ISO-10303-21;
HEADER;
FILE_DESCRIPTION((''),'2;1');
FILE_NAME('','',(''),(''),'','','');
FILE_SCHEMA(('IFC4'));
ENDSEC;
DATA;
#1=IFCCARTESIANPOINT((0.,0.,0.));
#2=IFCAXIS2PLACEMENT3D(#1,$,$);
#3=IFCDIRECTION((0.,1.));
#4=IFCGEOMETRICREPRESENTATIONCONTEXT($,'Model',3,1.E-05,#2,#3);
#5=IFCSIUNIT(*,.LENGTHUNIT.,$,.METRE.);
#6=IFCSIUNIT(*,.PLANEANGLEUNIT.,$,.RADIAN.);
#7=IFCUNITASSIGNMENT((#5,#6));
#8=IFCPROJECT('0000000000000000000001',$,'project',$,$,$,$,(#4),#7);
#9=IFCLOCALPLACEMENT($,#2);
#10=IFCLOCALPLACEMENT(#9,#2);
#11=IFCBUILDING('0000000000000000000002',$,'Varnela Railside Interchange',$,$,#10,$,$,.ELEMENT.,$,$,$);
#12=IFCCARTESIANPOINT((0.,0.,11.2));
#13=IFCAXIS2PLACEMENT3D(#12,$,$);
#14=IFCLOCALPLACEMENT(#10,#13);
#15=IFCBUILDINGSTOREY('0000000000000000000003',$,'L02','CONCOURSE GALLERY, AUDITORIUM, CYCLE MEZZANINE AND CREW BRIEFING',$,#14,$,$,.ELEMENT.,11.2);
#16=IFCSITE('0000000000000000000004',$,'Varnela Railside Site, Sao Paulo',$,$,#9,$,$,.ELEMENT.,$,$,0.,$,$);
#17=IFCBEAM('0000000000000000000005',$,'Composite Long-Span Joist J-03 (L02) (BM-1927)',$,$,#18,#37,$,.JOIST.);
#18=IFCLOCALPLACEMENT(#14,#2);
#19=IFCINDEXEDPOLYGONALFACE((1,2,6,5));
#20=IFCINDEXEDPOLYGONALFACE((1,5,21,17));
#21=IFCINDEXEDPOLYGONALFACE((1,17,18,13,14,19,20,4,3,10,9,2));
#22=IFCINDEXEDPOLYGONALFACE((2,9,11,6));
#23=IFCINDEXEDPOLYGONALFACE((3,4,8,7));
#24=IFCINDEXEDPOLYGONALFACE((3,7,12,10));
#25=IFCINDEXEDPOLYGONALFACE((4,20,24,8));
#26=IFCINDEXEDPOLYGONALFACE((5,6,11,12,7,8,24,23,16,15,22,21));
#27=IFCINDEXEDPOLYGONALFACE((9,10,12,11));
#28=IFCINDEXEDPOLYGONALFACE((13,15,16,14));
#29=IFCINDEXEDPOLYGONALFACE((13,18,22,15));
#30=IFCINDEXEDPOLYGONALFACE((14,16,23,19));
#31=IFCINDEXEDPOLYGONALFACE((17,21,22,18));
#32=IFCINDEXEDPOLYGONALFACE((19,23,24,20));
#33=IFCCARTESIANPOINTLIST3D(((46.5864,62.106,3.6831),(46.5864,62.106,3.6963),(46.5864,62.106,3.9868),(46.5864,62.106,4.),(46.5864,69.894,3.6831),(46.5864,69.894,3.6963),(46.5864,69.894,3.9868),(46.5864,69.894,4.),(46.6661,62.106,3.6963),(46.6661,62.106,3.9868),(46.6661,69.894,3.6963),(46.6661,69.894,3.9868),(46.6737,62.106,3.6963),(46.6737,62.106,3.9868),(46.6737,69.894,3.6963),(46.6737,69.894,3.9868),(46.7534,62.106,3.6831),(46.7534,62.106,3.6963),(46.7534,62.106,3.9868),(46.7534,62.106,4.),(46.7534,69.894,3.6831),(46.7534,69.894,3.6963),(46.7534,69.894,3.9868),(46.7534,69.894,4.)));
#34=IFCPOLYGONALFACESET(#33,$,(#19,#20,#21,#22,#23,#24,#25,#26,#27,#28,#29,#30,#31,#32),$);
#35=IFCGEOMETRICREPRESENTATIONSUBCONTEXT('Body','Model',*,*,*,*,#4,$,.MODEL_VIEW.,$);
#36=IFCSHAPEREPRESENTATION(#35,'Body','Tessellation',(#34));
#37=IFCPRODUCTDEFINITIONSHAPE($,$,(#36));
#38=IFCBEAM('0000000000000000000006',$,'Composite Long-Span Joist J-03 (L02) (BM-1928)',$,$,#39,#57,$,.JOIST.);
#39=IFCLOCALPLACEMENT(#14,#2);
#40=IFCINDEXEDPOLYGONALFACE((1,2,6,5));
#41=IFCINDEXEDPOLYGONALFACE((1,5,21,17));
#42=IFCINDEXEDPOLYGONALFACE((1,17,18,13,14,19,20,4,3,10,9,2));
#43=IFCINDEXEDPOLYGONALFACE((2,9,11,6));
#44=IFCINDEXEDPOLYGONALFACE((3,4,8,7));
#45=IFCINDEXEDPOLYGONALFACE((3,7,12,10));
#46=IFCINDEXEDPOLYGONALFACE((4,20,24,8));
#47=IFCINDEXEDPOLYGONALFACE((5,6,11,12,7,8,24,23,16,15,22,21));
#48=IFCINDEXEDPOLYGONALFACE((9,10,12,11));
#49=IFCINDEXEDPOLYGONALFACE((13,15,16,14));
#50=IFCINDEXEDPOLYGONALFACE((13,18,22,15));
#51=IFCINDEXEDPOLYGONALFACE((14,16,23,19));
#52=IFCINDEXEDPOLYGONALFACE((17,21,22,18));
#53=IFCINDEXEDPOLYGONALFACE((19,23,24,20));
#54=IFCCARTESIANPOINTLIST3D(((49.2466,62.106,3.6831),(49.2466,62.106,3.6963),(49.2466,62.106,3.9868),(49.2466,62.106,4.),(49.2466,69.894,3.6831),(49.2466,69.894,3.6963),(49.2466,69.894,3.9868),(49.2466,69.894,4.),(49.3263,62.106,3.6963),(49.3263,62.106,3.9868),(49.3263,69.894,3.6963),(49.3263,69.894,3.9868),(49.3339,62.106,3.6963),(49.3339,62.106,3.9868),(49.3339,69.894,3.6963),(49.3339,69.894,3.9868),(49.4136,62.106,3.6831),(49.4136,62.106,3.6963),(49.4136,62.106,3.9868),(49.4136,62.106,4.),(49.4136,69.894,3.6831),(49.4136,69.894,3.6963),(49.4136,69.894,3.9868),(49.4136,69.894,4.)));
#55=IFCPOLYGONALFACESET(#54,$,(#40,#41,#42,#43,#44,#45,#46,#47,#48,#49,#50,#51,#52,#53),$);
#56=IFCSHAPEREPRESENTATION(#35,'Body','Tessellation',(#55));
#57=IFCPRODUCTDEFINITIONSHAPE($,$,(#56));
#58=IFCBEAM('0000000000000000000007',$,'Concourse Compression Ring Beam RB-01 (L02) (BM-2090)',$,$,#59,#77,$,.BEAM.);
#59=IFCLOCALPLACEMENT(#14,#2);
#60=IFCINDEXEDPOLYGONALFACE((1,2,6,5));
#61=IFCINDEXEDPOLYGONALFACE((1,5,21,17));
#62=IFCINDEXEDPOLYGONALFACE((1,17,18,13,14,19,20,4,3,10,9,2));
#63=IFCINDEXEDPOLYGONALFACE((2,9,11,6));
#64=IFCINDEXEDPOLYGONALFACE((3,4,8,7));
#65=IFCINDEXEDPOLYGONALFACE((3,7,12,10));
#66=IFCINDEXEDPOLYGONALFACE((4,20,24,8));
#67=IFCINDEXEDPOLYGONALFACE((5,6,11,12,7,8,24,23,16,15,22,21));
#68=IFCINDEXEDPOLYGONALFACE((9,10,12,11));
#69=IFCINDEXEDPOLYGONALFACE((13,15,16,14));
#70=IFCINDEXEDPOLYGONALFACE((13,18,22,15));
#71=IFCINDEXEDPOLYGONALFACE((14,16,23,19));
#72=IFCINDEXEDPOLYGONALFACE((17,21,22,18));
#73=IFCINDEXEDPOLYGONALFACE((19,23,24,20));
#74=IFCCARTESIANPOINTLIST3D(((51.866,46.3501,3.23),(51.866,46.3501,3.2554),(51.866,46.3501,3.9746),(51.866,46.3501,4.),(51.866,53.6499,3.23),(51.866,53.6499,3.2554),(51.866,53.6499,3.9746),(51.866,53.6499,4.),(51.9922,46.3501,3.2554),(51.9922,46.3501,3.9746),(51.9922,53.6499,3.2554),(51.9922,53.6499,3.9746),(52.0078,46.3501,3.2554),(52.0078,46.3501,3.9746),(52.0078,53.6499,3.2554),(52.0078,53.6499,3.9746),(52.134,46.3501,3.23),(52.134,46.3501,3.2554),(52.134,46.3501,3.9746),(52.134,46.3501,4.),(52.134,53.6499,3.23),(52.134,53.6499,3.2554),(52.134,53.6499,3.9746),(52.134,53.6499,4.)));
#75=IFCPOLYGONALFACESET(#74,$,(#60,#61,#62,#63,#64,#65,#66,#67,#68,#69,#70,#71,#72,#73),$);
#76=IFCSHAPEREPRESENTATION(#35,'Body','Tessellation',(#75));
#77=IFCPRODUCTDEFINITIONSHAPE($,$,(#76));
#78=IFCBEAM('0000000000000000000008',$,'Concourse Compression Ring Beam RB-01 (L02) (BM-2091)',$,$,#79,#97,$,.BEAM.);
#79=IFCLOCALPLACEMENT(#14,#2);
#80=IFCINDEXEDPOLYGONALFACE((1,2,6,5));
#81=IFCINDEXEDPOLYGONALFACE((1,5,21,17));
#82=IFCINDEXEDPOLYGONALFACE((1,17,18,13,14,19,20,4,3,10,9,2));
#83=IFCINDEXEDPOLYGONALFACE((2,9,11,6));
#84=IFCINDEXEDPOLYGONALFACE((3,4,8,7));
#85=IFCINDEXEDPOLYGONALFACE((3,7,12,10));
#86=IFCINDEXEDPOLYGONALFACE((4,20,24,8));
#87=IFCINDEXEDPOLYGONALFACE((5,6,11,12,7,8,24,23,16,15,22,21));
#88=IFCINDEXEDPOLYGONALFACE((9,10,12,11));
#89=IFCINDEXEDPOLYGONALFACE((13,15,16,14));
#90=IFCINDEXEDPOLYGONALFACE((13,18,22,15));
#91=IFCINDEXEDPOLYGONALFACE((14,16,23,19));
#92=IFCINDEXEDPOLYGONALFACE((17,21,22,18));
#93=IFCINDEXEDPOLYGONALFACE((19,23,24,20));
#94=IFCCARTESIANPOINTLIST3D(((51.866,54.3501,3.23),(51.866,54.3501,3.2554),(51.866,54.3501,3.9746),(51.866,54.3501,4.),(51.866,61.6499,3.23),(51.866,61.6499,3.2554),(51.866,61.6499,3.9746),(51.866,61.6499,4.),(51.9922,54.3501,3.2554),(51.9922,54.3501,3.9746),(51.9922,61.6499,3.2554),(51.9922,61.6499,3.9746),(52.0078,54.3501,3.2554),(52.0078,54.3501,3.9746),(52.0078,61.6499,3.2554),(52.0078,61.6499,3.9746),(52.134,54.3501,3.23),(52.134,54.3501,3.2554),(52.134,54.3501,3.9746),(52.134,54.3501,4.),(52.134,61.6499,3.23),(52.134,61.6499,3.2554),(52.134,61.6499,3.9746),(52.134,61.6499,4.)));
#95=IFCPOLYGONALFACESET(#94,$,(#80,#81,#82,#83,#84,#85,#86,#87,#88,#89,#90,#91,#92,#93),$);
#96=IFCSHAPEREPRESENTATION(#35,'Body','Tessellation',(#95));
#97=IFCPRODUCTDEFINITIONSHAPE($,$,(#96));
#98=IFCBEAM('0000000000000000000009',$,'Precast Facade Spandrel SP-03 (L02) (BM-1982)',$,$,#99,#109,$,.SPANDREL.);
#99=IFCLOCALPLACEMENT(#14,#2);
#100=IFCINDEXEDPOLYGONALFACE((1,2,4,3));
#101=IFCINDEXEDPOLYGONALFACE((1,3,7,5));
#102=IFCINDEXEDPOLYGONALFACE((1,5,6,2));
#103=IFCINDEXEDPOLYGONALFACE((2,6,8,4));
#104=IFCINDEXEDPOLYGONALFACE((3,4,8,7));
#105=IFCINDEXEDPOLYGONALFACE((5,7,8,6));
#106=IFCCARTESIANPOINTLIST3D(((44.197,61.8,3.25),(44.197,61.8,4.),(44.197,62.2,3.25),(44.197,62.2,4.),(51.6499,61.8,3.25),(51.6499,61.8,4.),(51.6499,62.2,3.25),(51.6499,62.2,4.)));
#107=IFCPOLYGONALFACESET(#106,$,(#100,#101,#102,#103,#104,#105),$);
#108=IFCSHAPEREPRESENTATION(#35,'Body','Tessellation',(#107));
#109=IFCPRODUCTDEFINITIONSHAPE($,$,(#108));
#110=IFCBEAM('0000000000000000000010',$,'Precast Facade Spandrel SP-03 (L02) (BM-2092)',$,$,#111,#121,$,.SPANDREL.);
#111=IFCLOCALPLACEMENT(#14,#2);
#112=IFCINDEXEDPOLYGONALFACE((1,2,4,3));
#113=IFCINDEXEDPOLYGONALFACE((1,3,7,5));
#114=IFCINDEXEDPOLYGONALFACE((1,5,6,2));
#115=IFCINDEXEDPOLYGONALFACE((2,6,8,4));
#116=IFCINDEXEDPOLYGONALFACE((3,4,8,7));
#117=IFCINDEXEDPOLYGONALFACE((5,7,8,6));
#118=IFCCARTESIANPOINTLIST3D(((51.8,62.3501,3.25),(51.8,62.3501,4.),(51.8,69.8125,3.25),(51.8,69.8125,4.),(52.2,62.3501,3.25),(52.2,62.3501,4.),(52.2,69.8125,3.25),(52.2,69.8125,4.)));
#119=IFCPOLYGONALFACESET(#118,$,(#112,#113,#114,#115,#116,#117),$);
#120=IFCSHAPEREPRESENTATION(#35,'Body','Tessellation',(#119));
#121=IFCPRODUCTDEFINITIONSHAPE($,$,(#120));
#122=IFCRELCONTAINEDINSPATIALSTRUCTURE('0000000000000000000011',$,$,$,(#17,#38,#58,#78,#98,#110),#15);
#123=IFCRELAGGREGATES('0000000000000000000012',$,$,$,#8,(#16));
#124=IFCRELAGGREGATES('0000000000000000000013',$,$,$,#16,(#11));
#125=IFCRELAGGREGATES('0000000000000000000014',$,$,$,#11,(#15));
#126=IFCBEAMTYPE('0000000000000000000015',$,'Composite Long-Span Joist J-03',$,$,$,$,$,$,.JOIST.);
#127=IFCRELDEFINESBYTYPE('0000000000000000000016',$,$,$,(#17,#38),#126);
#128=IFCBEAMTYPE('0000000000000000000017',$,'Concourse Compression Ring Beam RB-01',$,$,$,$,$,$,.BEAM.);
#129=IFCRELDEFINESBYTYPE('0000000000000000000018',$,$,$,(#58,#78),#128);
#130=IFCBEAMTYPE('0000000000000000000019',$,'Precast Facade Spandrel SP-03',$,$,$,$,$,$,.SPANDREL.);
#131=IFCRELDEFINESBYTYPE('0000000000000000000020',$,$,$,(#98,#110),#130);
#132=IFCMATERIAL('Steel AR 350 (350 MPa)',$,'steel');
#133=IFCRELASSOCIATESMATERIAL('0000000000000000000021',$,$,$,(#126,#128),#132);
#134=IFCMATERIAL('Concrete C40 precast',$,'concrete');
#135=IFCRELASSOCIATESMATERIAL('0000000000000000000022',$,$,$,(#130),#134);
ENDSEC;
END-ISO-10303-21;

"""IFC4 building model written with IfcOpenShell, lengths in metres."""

from ifc_helpers import new_model, si_unit, direction, frame, origin, origin_2d, place, context, subcontext, project, spatial, rectangle, i_section, extrude, material, material_profile, profile_set, type_object, element, save


model = new_model("IFC4")

# Units and contexts
model_context = context("Model", 3, precision=1e-05, world=origin(), true_north=direction((0.0, 1.0)))
body_context = subcontext(model_context, "Body", "Model", "MODEL_VIEW")
ifc_project = project(units=[si_unit("LENGTHUNIT", "METRE"), si_unit("PLANEANGLEUNIT", "RADIAN")], contexts=[model_context])

# Site, building, storey
site_placement = place(None, origin())
site = spatial("IfcSite", under=ifc_project, at=site_placement, Name="Varnela Railside Site, Sao Paulo", CompositionType="ELEMENT", RefElevation=0.0)
building_placement = place(site_placement, origin())
building = spatial("IfcBuilding", under=site, at=building_placement, Name="Varnela Railside Interchange", CompositionType="ELEMENT")
storey_placement = place(building_placement, frame((0.0, 0.0, 11.2)))
storey = spatial("IfcBuildingStorey", under=building, at=storey_placement, Name="L02", Description="CONCOURSE GALLERY, AUDITORIUM, CYCLE MEZZANINE AND CREW BRIEFING", CompositionType="ELEMENT", Elevation=11.2)

# Shared definitions
ifc_material_1 = material(Name="Steel AR 350 (350 MPa)", Category="steel")

# Beams
ifc_material_profile_1 = material_profile(ifc_material_1, i_section(OverallWidth=0.167, OverallDepth=0.3169, WebThickness=0.0076, FlangeThickness=0.0132, at=origin_2d()), Name="W310x52")
ifc_profile_set_1 = profile_set([ifc_material_profile_1], Name="Steel AR 350 (350 MPa)")
beam_type_1 = type_object("IfcBeamType", Name="Composite Long-Span Joist J-03", PredefinedType="JOIST", material=ifc_profile_set_1)
for number, where, z_axis, x_axis, name in (
    (1, (46.6699, 62.106, 3.8416), (0.0, 1.0, 0.0), (-1.0, 0.0, 0.0), "Composite Long-Span Joist J-03 (L02) (BM-1927)"),
    (2, (49.3301, 62.106, 3.8416), (0.0, 1.0, 0.0), (-1.0, 0.0, 0.0), "Composite Long-Span Joist J-03 (L02) (BM-1928)"),
):
    element("IfcBeam", number, at=place(storey_placement, frame(where, z_axis=z_axis, x_axis=x_axis)), inside=storey, type_object=beam_type_1, Name=name, PredefinedType="JOIST", context=body_context, shape_type="SweptSolid", body=[
        extrude(i_section(OverallWidth=0.167, OverallDepth=0.3169, WebThickness=0.0076, FlangeThickness=0.0132, at=origin_2d()), origin(), (0.0, 0.0, 1.0), 7.7881),
    ])
ifc_material_profile_2 = material_profile(ifc_material_1, i_section(OverallWidth=0.2681, OverallDepth=0.77, WebThickness=0.0156, FlangeThickness=0.0254, at=origin_2d()), Name="W760x196")
ifc_profile_set_2 = profile_set([ifc_material_profile_2], Name="Steel AR 350 (350 MPa)")
beam_type_2 = type_object("IfcBeamType", Name="Concourse Compression Ring Beam RB-01", PredefinedType="BEAM", material=ifc_profile_set_2)
for number, where, z_axis, x_axis, name in (
    (3, (52.0, 46.3501, 3.615), (0.0, 1.0, 0.0), (-1.0, 0.0, 0.0), "Concourse Compression Ring Beam RB-01 (L02) (BM-2090)"),
    (4, (52.0, 54.3501, 3.615), (0.0, 1.0, 0.0), (-1.0, 0.0, 0.0), "Concourse Compression Ring Beam RB-01 (L02) (BM-2091)"),
):
    element("IfcBeam", number, at=place(storey_placement, frame(where, z_axis=z_axis, x_axis=x_axis)), inside=storey, type_object=beam_type_2, Name=name, PredefinedType="BEAM", context=body_context, shape_type="SweptSolid", body=[
        extrude(i_section(OverallWidth=0.2681, OverallDepth=0.77, WebThickness=0.0156, FlangeThickness=0.0254, at=origin_2d()), origin(), (0.0, 0.0, 1.0), 7.2998),
    ])
ifc_material_2 = material(Name="Concrete C40 precast", Category="concrete")
ifc_material_profile_3 = material_profile(ifc_material_2, rectangle(XDim=0.3999, YDim=0.75, at=origin_2d()), Name="PC 400x750")
ifc_profile_set_3 = profile_set([ifc_material_profile_3], Name="Concrete C40 precast")
beam_type_3 = type_object("IfcBeamType", Name="Precast Facade Spandrel SP-03", PredefinedType="SPANDREL", material=ifc_profile_set_3)
beam_1_placement = place(storey_placement, frame((44.197, 62.0, 3.625), z_axis=(1.0, 0.0, 0.0), x_axis=(0.0, 1.0, 0.0)))
element("IfcBeam", 5, at=beam_1_placement, inside=storey, type_object=beam_type_3, Name="Precast Facade Spandrel SP-03 (L02) (BM-1982)", PredefinedType="SPANDREL", context=body_context, shape_type="SweptSolid", body=[
    extrude(rectangle(XDim=0.3999, YDim=0.75, at=origin_2d()), origin(), (0.0, 0.0, 1.0), 7.4529),
])
beam_2_placement = place(storey_placement, frame((52.0, 62.3501, 3.625), z_axis=(0.0, 1.0, 0.0), x_axis=(-1.0, 0.0, 0.0)))
element("IfcBeam", 6, at=beam_2_placement, inside=storey, type_object=beam_type_3, Name="Precast Facade Spandrel SP-03 (L02) (BM-2092)", PredefinedType="SPANDREL", context=body_context, shape_type="SweptSolid", body=[
    extrude(rectangle(XDim=0.3999, YDim=0.75, at=origin_2d()), origin(), (0.0, 0.0, 1.0), 7.4624),
])

save(model, "model.ifc")
